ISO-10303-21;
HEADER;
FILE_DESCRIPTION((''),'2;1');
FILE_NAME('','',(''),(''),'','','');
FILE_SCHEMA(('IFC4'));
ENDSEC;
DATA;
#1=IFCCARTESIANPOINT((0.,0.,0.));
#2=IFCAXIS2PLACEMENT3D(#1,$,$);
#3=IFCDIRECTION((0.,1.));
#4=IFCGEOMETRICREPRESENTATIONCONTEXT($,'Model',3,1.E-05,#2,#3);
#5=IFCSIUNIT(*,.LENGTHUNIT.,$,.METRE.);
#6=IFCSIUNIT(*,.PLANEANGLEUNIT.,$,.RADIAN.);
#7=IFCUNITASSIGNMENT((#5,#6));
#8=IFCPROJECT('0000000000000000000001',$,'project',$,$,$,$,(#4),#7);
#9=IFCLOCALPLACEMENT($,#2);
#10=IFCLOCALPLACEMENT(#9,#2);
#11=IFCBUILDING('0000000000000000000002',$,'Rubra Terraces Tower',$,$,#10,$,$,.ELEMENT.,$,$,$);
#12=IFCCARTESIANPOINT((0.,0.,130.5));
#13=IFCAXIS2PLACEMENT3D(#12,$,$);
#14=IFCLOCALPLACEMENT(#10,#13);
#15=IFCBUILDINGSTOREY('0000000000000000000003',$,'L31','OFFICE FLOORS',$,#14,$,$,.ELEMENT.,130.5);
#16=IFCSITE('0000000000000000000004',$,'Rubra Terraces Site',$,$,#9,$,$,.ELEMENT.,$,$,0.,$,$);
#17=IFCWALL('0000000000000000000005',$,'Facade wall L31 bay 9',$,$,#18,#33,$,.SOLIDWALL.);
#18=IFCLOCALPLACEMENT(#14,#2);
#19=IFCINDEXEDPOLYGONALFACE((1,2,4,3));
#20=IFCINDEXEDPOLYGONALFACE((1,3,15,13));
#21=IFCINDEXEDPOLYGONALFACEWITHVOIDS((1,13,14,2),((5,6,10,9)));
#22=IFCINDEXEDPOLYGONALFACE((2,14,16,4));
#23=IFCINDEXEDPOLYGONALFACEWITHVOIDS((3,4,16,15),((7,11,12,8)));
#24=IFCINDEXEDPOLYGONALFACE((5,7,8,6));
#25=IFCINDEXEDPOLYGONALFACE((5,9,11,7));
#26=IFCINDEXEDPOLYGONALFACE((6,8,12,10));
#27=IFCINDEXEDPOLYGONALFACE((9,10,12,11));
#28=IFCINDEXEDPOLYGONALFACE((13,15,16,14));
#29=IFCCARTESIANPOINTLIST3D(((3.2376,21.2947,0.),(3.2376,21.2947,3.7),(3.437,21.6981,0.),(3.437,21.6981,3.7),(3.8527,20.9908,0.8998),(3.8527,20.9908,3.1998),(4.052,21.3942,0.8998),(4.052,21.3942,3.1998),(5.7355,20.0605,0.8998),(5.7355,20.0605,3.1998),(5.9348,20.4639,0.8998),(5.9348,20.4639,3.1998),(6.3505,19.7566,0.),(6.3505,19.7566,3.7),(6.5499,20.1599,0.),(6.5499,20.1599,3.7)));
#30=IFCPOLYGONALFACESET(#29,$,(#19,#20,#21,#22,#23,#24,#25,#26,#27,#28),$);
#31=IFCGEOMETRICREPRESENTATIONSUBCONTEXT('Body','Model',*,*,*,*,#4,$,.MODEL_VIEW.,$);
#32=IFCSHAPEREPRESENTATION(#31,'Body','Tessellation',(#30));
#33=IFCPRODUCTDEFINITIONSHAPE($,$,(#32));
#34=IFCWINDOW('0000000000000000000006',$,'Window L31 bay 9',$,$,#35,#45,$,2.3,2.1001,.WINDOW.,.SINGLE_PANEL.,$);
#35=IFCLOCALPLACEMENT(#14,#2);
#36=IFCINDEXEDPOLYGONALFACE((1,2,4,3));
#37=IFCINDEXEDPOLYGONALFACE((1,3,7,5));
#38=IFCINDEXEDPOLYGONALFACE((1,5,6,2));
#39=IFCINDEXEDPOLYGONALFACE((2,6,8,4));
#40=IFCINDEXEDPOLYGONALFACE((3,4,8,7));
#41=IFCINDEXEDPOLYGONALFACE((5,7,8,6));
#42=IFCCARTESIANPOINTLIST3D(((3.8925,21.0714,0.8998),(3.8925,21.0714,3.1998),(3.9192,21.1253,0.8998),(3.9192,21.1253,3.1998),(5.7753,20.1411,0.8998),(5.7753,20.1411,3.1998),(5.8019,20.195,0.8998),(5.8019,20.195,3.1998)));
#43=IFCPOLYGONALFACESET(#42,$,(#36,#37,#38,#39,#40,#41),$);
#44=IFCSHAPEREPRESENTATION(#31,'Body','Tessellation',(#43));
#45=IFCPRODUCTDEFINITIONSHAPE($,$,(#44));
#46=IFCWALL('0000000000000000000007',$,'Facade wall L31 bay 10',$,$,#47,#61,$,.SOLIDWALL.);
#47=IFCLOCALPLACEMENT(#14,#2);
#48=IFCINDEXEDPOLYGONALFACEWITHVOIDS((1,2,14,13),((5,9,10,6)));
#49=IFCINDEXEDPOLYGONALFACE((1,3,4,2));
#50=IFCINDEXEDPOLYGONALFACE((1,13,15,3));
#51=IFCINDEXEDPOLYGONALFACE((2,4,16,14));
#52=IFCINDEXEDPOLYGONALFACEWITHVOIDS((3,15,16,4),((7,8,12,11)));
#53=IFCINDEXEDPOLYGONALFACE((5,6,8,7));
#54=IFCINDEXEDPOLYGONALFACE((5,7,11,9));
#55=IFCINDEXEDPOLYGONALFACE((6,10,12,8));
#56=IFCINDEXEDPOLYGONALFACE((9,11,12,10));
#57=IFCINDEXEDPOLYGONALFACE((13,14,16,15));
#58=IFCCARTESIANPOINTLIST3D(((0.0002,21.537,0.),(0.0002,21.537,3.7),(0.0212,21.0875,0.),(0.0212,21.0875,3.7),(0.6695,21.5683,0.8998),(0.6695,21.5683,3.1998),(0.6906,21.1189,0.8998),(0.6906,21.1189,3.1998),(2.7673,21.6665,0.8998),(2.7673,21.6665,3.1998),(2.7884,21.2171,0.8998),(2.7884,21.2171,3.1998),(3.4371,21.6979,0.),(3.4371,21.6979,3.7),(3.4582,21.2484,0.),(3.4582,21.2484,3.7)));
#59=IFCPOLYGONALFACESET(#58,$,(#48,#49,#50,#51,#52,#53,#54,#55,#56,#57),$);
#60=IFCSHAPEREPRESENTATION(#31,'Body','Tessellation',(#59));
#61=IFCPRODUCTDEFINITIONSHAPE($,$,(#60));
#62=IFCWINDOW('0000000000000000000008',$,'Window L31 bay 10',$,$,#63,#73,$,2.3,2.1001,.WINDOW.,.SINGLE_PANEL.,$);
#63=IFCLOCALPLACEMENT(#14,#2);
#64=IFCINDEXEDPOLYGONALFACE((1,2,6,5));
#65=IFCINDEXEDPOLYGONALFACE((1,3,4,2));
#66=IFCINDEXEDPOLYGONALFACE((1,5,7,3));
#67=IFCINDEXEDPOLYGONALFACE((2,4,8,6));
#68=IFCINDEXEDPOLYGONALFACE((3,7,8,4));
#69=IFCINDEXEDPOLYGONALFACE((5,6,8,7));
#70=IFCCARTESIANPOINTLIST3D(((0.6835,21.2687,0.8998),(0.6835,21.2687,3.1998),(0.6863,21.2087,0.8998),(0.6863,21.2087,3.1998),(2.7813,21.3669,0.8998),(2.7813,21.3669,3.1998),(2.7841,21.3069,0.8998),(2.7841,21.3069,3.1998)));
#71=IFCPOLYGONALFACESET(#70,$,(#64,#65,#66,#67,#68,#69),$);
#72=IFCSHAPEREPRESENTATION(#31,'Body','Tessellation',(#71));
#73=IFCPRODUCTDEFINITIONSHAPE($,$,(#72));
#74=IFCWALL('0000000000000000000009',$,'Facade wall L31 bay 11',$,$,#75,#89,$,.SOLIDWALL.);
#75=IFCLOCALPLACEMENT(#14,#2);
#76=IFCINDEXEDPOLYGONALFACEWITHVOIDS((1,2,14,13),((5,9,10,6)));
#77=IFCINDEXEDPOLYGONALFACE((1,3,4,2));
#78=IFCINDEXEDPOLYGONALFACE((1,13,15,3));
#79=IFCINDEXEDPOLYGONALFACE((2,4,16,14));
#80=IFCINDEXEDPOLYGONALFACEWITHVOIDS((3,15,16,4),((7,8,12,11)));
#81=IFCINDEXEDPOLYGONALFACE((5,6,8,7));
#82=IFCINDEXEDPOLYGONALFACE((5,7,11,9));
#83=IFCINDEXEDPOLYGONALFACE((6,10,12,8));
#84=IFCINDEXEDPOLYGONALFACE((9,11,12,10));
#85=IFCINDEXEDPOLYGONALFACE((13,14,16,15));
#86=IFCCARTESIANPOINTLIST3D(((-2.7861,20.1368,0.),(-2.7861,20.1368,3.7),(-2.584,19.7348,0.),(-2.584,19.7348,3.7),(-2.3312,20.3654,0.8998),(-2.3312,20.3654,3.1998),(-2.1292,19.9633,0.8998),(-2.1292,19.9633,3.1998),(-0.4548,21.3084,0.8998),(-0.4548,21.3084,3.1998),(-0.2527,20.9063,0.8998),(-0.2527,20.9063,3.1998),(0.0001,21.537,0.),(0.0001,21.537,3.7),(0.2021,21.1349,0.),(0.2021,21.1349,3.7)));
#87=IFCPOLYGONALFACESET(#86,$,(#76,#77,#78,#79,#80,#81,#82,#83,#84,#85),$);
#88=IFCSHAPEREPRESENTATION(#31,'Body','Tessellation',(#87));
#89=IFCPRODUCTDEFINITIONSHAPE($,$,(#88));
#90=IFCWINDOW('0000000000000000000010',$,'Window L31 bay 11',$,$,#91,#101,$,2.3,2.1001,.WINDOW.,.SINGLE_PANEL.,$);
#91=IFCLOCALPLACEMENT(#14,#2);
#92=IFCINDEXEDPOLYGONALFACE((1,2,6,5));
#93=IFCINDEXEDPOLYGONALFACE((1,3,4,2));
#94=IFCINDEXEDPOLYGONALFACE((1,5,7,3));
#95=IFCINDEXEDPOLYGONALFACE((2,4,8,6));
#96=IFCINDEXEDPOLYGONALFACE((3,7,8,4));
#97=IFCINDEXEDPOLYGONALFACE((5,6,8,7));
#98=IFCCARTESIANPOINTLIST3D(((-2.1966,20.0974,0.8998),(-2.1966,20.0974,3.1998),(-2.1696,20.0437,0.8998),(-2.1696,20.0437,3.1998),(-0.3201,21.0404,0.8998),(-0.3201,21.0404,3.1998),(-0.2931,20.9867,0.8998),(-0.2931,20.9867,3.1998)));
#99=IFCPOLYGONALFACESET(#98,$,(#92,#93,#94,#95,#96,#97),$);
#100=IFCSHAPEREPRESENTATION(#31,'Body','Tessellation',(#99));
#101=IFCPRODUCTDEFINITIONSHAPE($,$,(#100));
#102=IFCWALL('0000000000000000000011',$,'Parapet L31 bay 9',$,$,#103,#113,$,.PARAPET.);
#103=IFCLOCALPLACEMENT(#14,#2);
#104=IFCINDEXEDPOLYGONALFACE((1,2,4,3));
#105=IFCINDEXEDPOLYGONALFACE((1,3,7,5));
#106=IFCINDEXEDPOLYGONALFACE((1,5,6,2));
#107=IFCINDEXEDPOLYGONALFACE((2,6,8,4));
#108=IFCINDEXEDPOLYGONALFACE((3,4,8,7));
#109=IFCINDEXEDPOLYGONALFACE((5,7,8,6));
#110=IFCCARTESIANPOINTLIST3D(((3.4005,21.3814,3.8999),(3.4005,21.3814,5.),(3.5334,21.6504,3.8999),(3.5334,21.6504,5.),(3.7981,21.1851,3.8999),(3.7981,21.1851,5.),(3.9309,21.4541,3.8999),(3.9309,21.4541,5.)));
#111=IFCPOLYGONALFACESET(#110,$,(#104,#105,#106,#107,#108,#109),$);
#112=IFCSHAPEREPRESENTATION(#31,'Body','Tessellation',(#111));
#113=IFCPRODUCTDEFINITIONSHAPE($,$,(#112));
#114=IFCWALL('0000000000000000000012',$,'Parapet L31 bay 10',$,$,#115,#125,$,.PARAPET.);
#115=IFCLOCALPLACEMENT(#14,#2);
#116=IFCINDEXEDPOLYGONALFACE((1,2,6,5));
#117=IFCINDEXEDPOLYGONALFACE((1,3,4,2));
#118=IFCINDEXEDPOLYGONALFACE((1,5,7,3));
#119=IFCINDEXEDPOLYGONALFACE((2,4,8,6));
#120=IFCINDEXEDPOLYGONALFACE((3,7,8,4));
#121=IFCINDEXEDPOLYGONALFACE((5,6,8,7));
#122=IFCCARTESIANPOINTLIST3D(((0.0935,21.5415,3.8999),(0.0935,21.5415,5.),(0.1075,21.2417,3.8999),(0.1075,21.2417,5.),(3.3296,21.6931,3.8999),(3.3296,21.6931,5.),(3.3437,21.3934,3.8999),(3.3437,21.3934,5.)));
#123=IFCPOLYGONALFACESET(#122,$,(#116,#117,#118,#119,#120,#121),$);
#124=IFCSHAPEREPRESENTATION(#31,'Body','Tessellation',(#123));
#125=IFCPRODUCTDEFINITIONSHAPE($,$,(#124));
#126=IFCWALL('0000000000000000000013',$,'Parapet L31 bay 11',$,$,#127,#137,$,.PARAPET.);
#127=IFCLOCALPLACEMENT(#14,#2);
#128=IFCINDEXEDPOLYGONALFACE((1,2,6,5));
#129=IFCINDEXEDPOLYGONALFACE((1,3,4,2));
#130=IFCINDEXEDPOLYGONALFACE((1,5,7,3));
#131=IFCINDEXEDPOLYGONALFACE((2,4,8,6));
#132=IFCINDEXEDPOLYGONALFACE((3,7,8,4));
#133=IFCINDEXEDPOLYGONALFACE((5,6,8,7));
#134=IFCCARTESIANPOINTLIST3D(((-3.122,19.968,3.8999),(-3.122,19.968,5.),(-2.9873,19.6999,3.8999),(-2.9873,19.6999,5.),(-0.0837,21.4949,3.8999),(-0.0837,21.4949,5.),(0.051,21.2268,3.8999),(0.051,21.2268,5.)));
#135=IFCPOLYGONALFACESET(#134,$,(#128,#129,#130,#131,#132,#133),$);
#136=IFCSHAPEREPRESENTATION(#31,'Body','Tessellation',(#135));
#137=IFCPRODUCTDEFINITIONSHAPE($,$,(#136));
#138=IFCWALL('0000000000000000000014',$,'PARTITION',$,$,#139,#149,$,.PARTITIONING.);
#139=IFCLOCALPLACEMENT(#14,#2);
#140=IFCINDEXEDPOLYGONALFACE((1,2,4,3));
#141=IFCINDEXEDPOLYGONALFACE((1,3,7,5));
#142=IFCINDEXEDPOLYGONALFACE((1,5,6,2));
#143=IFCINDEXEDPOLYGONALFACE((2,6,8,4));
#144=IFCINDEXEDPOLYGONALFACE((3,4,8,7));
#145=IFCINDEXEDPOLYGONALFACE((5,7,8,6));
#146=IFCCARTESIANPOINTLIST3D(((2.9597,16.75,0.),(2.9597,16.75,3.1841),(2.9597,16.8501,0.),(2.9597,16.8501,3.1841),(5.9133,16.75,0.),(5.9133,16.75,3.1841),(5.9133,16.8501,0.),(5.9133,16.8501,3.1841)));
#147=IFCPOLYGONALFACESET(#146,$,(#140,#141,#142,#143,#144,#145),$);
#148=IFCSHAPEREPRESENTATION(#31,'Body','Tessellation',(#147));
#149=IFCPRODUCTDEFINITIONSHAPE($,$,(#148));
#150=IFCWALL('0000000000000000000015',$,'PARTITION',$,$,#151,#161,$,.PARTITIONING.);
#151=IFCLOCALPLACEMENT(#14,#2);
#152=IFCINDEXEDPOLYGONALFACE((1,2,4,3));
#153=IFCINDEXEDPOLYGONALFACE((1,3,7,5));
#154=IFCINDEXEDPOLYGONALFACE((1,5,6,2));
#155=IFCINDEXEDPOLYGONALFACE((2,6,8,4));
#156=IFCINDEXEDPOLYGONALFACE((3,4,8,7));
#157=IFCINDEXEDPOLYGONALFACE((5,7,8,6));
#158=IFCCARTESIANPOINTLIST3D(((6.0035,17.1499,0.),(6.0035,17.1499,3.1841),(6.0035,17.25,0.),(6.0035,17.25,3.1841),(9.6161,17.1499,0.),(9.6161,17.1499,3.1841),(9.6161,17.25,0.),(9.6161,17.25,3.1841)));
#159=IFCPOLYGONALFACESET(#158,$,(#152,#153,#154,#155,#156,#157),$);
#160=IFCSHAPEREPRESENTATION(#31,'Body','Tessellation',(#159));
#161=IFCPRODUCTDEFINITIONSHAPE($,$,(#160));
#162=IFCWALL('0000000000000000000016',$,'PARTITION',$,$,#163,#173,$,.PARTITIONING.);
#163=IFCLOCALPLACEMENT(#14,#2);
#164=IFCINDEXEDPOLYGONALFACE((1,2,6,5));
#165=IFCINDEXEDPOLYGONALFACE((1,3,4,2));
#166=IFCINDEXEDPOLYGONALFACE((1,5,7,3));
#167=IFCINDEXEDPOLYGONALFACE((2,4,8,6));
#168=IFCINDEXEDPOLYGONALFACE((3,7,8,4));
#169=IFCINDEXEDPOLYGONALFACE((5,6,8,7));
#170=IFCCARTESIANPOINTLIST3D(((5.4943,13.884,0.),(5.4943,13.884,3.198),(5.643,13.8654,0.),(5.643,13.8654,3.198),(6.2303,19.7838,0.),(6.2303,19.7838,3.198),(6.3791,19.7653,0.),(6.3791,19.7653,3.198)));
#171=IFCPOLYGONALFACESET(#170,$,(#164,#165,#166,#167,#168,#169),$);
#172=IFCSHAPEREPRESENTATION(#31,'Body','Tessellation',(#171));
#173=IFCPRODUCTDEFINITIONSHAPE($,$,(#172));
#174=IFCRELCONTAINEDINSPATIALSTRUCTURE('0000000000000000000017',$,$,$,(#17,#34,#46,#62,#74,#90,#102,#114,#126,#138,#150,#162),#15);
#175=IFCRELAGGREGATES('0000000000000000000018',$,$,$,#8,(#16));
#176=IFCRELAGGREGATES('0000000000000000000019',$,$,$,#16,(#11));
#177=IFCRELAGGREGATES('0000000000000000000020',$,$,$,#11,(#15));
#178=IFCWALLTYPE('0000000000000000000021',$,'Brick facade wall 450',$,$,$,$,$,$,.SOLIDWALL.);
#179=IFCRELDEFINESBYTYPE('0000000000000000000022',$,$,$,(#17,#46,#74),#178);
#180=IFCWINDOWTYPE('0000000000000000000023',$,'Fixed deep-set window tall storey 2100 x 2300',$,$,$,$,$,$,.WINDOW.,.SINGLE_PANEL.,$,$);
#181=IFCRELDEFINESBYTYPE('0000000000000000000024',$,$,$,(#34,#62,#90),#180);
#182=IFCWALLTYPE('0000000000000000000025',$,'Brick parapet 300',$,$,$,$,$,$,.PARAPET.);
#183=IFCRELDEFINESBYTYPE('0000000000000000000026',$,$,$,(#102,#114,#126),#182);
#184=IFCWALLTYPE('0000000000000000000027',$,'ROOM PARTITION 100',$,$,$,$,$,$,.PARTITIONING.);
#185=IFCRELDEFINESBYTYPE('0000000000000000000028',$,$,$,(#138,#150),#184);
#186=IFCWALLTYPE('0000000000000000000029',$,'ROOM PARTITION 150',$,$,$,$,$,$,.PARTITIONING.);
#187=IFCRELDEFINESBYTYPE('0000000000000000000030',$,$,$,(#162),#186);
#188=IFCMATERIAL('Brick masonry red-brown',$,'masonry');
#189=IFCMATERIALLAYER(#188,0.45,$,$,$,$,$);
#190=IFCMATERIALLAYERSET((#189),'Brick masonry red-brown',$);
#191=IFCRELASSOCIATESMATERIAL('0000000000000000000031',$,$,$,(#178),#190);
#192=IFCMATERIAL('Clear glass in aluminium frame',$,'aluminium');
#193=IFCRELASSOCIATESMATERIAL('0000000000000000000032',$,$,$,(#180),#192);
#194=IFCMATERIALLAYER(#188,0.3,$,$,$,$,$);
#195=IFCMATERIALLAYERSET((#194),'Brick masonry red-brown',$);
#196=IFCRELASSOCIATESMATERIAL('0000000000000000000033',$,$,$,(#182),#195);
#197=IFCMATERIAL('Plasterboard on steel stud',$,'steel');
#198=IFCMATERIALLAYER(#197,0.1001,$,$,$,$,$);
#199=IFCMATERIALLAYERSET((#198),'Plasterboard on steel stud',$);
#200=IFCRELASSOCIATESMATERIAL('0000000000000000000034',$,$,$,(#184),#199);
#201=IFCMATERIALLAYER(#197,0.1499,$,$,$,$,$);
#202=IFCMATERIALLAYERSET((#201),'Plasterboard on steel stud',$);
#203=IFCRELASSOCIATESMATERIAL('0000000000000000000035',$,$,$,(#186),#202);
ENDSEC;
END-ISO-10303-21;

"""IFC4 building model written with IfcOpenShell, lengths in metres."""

from ifc_helpers import new_model, si_unit, direction, frame, frame_2d, origin, place, context, subcontext, project, spatial, rectangle, extrude, material, layer, layer_set, type_object, element, fill, save


model = new_model("IFC4")

# Units and contexts
model_context = context("Model", 3, precision=1e-05, world=origin(), true_north=direction((0.0, 1.0)))
body_context = subcontext(model_context, "Body", "Model", "MODEL_VIEW")
ifc_project = project(units=[si_unit("LENGTHUNIT", "METRE"), si_unit("PLANEANGLEUNIT", "RADIAN")], contexts=[model_context])

# Site, building, storey
site_placement = place(None, origin())
site = spatial("IfcSite", under=ifc_project, at=site_placement, Name="Rubra Terraces Site", CompositionType="ELEMENT", RefElevation=0.0)
building_placement = place(site_placement, origin())
building = spatial("IfcBuilding", under=site, at=building_placement, Name="Rubra Terraces Tower", CompositionType="ELEMENT")
storey_placement = place(building_placement, frame((0.0, 0.0, 130.5)))
storey = spatial("IfcBuildingStorey", under=building, at=storey_placement, Name="L31", Description="OFFICE FLOORS", CompositionType="ELEMENT", Elevation=130.5)

# Walls, openings, windows
ifc_material_1 = material(Name="Brick masonry red-brown", Category="masonry")
ifc_layer_1 = layer(ifc_material_1, 0.45)
ifc_layer_set_1 = layer_set([ifc_layer_1], Name="Brick masonry red-brown")
wall_type_1 = type_object("IfcWallType", Name="Brick facade wall 450", PredefinedType="SOLIDWALL", material=ifc_layer_set_1)
ifc_material_2 = material(Name="Clear glass in aluminium frame", Category="aluminium")
wall_1_placement = place(storey_placement, frame((6.4502, 19.9583, 0.0), z_axis=(0.0, 0.0, 1.0), x_axis=(-0.896527, 0.44299, 0.0)))
wall_1 = element("IfcWall", 1, at=wall_1_placement, inside=storey, type_object=wall_type_1, Name="Facade wall L31 bay 9", PredefinedType="SOLIDWALL", context=body_context, shape_type="SweptSolid", body=[
    extrude(rectangle(XDim=3.4722, YDim=0.45, at=frame_2d((1.7361, 0.0))), origin(), (0.0, 0.0, 1.0), 3.7),
])
opening_1_placement = place(wall_1_placement, frame((0.686, 0.0, 0.8999)))
opening_1 = element("IfcOpeningElement", 2, at=opening_1_placement, cuts=wall_1, PredefinedType="OPENING", context=body_context, shape_type="SweptSolid", body=[
    extrude(rectangle(XDim=2.1001, YDim=2.3, at=frame_2d((1.05, 1.1499))), frame((0.0, 0.2349, 0.0), z_axis=(0.0, -1.0, 0.0), x_axis=(1.0, 0.0, 0.0)), (0.0, 0.0, 1.0), 0.47),
])
window_type_1 = type_object("IfcWindowType", Name="Fixed deep-set window tall storey 2100 x 2300", PartitioningType="SINGLE_PANEL", PredefinedType="WINDOW", material=ifc_material_2)
window_1_placement = place(opening_1_placement, origin())
window_1 = element("IfcWindow", 3, at=window_1_placement, inside=storey, type_object=window_type_1, Name="Window L31 bay 9", OverallHeight=2.3, OverallWidth=2.1001, PartitioningType="SINGLE_PANEL", PredefinedType="WINDOW", context=body_context, shape_type="SweptSolid", body=[
    extrude(rectangle(XDim=2.1001, YDim=2.3, at=frame_2d((1.05, 1.1499))), frame((0.0, 0.135, 0.0), z_axis=(0.0, -1.0, 0.0), x_axis=(1.0, 0.0, 0.0)), (0.0, 0.0, 1.0), 0.0601),
])
fill(opening_1, window_1)
wall_2_placement = place(storey_placement, frame((3.4475, 21.4731, 0.0), z_axis=(0.0, 0.0, 1.0), x_axis=(-0.998906, -0.046759, 0.0)))
wall_2 = element("IfcWall", 4, at=wall_2_placement, inside=storey, type_object=wall_type_1, Name="Facade wall L31 bay 10", PredefinedType="SOLIDWALL", context=body_context, shape_type="SweptSolid", body=[
    extrude(rectangle(XDim=3.4407, YDim=0.45, at=frame_2d((1.7202, 0.0))), origin(), (0.0, 0.0, 1.0), 3.7),
])
opening_2_placement = place(wall_2_placement, frame((0.6704, 0.0, 0.8999)))
opening_2 = element("IfcOpeningElement", 5, at=opening_2_placement, cuts=wall_2, PredefinedType="OPENING", context=body_context, shape_type="SweptSolid", body=[
    extrude(rectangle(XDim=2.1001, YDim=2.3, at=frame_2d((1.05, 1.1499))), frame((0.0, 0.2349, 0.0), z_axis=(0.0, -1.0, 0.0), x_axis=(1.0, 0.0, 0.0)), (0.0, 0.0, 1.0), 0.47),
])
window_2_placement = place(opening_2_placement, origin())
window_2 = element("IfcWindow", 6, at=window_2_placement, inside=storey, type_object=window_type_1, Name="Window L31 bay 10", OverallHeight=2.3, OverallWidth=2.1001, PartitioningType="SINGLE_PANEL", PredefinedType="WINDOW", context=body_context, shape_type="SweptSolid", body=[
    extrude(rectangle(XDim=2.1001, YDim=2.3, at=frame_2d((1.05, 1.1499))), frame((0.0, 0.135, 0.0), z_axis=(0.0, -1.0, 0.0), x_axis=(1.0, 0.0, 0.0)), (0.0, 0.0, 1.0), 0.0601),
])
fill(opening_2, window_2)
wall_3_placement = place(storey_placement, frame((0.1011, 21.3359, 0.0), z_axis=(0.0, 0.0, 1.0), x_axis=(-0.893517, -0.449029, 0.0)))
wall_3 = element("IfcWall", 7, at=wall_3_placement, inside=storey, type_object=wall_type_1, Name="Facade wall L31 bay 11", PredefinedType="SOLIDWALL", context=body_context, shape_type="SweptSolid", body=[
    extrude(rectangle(XDim=3.1182, YDim=0.45, at=frame_2d((1.5591, 0.0))), origin(), (0.0, 0.0, 1.0), 3.7),
])
opening_3_placement = place(wall_3_placement, frame((0.509, 0.0, 0.8999)))
opening_3 = element("IfcOpeningElement", 8, at=opening_3_placement, cuts=wall_3, PredefinedType="OPENING", context=body_context, shape_type="SweptSolid", body=[
    extrude(rectangle(XDim=2.1001, YDim=2.3, at=frame_2d((1.05, 1.1499))), frame((0.0, 0.2349, 0.0), z_axis=(0.0, -1.0, 0.0), x_axis=(1.0, 0.0, 0.0)), (0.0, 0.0, 1.0), 0.47),
])
window_3_placement = place(opening_3_placement, origin())
window_3 = element("IfcWindow", 9, at=window_3_placement, inside=storey, type_object=window_type_1, Name="Window L31 bay 11", OverallHeight=2.3, OverallWidth=2.1001, PartitioningType="SINGLE_PANEL", PredefinedType="WINDOW", context=body_context, shape_type="SweptSolid", body=[
    extrude(rectangle(XDim=2.1001, YDim=2.3, at=frame_2d((1.05, 1.1499))), frame((0.0, 0.135, 0.0), z_axis=(0.0, -1.0, 0.0), x_axis=(1.0, 0.0, 0.0)), (0.0, 0.0, 1.0), 0.0601),
])
fill(opening_3, window_3)

# Walls
ifc_layer_2 = layer(ifc_material_1, 0.3)
ifc_layer_set_2 = layer_set([ifc_layer_2], Name="Brick masonry red-brown")
wall_type_2 = type_object("IfcWallType", Name="Brick parapet 300", PredefinedType="PARAPET", material=ifc_layer_set_2)
wall_4_placement = place(storey_placement, frame((3.8645, 21.3196, 3.8999), z_axis=(0.0, 0.0, 1.0), x_axis=(-0.896619, 0.442802, 0.0)))
element("IfcWall", 10, at=wall_4_placement, inside=storey, type_object=wall_type_2, Name="Parapet L31 bay 9", PredefinedType="PARAPET", context=body_context, shape_type="SweptSolid", body=[
    extrude(rectangle(XDim=0.4434, YDim=0.3, at=frame_2d((0.2217, 0.0))), origin(), (0.0, 0.0, 1.0), 1.1001),
])
wall_5_placement = place(storey_placement, frame((3.3367, 21.5432, 3.8999), z_axis=(0.0, 0.0, 1.0), x_axis=(-0.998904, -0.046799, 0.0)))
element("IfcWall", 11, at=wall_5_placement, inside=storey, type_object=wall_type_2, Name="Parapet L31 bay 10", PredefinedType="PARAPET", context=body_context, shape_type="SweptSolid", body=[
    extrude(rectangle(XDim=3.2397, YDim=0.3, at=frame_2d((1.6199, 0.0))), origin(), (0.0, 0.0, 1.0), 1.1001),
])
wall_6_placement = place(storey_placement, frame((-0.0164, 21.3608, 3.8999), z_axis=(0.0, 0.0, 1.0), x_axis=(-0.893521, -0.449022, 0.0)))
element("IfcWall", 12, at=wall_6_placement, inside=storey, type_object=wall_type_2, Name="Parapet L31 bay 11", PredefinedType="PARAPET", context=body_context, shape_type="SweptSolid", body=[
    extrude(rectangle(XDim=3.4004, YDim=0.3, at=frame_2d((1.7002, 0.0))), origin(), (0.0, 0.0, 1.0), 1.1001),
])
ifc_material_3 = material(Name="Plasterboard on steel stud", Category="steel")
ifc_layer_3 = layer(ifc_material_3, 0.1001)
ifc_layer_set_3 = layer_set([ifc_layer_3], Name="Plasterboard on steel stud")
wall_type_3 = type_object("IfcWallType", Name="ROOM PARTITION 100", PredefinedType="PARTITIONING", material=ifc_layer_set_3)
wall_7_placement = place(storey_placement, frame((2.9597, 16.8, 0.0), z_axis=(0.0, 0.0, 1.0), x_axis=(1.0, 0.0, 0.0)))
element("IfcWall", 13, at=wall_7_placement, inside=storey, type_object=wall_type_3, Name="PARTITION", PredefinedType="PARTITIONING", context=body_context, shape_type="SweptSolid", body=[
    extrude(rectangle(XDim=2.9536, YDim=0.1001, at=frame_2d((1.4768, 0.0))), origin(), (0.0, 0.0, 1.0), 3.1841),
])
wall_8_placement = place(storey_placement, frame((6.0037, 17.2, 0.0), z_axis=(0.0, 0.0, 1.0), x_axis=(1.0, 0.0, 0.0)))
element("IfcWall", 14, at=wall_8_placement, inside=storey, type_object=wall_type_3, Name="PARTITION", PredefinedType="PARTITIONING", context=body_context, shape_type="SweptSolid", body=[
    extrude(rectangle(XDim=3.6125, YDim=0.1001, at=frame_2d((1.8062, 0.0))), origin(), (0.0, 0.0, 1.0), 3.1841),
])
ifc_layer_4 = layer(ifc_material_3, 0.1499)
ifc_layer_set_4 = layer_set([ifc_layer_4], Name="Plasterboard on steel stud")
wall_type_4 = type_object("IfcWallType", Name="ROOM PARTITION 150", PredefinedType="PARTITIONING", material=ifc_layer_set_4)
wall_9_placement = place(storey_placement, frame((6.3047, 19.7744, 0.0), z_axis=(0.0, 0.0, 1.0), x_axis=(-0.123802, -0.992307, 0.0)))
element("IfcWall", 15, at=wall_9_placement, inside=storey, type_object=wall_type_4, Name="PARTITION", PredefinedType="PARTITIONING", context=body_context, shape_type="SweptSolid", body=[
    extrude(rectangle(XDim=5.9456, YDim=0.1499, at=frame_2d((2.9727, 0.0))), origin(), (0.0, 0.0, 1.0), 3.198),
])

save(model, "model.ifc")
